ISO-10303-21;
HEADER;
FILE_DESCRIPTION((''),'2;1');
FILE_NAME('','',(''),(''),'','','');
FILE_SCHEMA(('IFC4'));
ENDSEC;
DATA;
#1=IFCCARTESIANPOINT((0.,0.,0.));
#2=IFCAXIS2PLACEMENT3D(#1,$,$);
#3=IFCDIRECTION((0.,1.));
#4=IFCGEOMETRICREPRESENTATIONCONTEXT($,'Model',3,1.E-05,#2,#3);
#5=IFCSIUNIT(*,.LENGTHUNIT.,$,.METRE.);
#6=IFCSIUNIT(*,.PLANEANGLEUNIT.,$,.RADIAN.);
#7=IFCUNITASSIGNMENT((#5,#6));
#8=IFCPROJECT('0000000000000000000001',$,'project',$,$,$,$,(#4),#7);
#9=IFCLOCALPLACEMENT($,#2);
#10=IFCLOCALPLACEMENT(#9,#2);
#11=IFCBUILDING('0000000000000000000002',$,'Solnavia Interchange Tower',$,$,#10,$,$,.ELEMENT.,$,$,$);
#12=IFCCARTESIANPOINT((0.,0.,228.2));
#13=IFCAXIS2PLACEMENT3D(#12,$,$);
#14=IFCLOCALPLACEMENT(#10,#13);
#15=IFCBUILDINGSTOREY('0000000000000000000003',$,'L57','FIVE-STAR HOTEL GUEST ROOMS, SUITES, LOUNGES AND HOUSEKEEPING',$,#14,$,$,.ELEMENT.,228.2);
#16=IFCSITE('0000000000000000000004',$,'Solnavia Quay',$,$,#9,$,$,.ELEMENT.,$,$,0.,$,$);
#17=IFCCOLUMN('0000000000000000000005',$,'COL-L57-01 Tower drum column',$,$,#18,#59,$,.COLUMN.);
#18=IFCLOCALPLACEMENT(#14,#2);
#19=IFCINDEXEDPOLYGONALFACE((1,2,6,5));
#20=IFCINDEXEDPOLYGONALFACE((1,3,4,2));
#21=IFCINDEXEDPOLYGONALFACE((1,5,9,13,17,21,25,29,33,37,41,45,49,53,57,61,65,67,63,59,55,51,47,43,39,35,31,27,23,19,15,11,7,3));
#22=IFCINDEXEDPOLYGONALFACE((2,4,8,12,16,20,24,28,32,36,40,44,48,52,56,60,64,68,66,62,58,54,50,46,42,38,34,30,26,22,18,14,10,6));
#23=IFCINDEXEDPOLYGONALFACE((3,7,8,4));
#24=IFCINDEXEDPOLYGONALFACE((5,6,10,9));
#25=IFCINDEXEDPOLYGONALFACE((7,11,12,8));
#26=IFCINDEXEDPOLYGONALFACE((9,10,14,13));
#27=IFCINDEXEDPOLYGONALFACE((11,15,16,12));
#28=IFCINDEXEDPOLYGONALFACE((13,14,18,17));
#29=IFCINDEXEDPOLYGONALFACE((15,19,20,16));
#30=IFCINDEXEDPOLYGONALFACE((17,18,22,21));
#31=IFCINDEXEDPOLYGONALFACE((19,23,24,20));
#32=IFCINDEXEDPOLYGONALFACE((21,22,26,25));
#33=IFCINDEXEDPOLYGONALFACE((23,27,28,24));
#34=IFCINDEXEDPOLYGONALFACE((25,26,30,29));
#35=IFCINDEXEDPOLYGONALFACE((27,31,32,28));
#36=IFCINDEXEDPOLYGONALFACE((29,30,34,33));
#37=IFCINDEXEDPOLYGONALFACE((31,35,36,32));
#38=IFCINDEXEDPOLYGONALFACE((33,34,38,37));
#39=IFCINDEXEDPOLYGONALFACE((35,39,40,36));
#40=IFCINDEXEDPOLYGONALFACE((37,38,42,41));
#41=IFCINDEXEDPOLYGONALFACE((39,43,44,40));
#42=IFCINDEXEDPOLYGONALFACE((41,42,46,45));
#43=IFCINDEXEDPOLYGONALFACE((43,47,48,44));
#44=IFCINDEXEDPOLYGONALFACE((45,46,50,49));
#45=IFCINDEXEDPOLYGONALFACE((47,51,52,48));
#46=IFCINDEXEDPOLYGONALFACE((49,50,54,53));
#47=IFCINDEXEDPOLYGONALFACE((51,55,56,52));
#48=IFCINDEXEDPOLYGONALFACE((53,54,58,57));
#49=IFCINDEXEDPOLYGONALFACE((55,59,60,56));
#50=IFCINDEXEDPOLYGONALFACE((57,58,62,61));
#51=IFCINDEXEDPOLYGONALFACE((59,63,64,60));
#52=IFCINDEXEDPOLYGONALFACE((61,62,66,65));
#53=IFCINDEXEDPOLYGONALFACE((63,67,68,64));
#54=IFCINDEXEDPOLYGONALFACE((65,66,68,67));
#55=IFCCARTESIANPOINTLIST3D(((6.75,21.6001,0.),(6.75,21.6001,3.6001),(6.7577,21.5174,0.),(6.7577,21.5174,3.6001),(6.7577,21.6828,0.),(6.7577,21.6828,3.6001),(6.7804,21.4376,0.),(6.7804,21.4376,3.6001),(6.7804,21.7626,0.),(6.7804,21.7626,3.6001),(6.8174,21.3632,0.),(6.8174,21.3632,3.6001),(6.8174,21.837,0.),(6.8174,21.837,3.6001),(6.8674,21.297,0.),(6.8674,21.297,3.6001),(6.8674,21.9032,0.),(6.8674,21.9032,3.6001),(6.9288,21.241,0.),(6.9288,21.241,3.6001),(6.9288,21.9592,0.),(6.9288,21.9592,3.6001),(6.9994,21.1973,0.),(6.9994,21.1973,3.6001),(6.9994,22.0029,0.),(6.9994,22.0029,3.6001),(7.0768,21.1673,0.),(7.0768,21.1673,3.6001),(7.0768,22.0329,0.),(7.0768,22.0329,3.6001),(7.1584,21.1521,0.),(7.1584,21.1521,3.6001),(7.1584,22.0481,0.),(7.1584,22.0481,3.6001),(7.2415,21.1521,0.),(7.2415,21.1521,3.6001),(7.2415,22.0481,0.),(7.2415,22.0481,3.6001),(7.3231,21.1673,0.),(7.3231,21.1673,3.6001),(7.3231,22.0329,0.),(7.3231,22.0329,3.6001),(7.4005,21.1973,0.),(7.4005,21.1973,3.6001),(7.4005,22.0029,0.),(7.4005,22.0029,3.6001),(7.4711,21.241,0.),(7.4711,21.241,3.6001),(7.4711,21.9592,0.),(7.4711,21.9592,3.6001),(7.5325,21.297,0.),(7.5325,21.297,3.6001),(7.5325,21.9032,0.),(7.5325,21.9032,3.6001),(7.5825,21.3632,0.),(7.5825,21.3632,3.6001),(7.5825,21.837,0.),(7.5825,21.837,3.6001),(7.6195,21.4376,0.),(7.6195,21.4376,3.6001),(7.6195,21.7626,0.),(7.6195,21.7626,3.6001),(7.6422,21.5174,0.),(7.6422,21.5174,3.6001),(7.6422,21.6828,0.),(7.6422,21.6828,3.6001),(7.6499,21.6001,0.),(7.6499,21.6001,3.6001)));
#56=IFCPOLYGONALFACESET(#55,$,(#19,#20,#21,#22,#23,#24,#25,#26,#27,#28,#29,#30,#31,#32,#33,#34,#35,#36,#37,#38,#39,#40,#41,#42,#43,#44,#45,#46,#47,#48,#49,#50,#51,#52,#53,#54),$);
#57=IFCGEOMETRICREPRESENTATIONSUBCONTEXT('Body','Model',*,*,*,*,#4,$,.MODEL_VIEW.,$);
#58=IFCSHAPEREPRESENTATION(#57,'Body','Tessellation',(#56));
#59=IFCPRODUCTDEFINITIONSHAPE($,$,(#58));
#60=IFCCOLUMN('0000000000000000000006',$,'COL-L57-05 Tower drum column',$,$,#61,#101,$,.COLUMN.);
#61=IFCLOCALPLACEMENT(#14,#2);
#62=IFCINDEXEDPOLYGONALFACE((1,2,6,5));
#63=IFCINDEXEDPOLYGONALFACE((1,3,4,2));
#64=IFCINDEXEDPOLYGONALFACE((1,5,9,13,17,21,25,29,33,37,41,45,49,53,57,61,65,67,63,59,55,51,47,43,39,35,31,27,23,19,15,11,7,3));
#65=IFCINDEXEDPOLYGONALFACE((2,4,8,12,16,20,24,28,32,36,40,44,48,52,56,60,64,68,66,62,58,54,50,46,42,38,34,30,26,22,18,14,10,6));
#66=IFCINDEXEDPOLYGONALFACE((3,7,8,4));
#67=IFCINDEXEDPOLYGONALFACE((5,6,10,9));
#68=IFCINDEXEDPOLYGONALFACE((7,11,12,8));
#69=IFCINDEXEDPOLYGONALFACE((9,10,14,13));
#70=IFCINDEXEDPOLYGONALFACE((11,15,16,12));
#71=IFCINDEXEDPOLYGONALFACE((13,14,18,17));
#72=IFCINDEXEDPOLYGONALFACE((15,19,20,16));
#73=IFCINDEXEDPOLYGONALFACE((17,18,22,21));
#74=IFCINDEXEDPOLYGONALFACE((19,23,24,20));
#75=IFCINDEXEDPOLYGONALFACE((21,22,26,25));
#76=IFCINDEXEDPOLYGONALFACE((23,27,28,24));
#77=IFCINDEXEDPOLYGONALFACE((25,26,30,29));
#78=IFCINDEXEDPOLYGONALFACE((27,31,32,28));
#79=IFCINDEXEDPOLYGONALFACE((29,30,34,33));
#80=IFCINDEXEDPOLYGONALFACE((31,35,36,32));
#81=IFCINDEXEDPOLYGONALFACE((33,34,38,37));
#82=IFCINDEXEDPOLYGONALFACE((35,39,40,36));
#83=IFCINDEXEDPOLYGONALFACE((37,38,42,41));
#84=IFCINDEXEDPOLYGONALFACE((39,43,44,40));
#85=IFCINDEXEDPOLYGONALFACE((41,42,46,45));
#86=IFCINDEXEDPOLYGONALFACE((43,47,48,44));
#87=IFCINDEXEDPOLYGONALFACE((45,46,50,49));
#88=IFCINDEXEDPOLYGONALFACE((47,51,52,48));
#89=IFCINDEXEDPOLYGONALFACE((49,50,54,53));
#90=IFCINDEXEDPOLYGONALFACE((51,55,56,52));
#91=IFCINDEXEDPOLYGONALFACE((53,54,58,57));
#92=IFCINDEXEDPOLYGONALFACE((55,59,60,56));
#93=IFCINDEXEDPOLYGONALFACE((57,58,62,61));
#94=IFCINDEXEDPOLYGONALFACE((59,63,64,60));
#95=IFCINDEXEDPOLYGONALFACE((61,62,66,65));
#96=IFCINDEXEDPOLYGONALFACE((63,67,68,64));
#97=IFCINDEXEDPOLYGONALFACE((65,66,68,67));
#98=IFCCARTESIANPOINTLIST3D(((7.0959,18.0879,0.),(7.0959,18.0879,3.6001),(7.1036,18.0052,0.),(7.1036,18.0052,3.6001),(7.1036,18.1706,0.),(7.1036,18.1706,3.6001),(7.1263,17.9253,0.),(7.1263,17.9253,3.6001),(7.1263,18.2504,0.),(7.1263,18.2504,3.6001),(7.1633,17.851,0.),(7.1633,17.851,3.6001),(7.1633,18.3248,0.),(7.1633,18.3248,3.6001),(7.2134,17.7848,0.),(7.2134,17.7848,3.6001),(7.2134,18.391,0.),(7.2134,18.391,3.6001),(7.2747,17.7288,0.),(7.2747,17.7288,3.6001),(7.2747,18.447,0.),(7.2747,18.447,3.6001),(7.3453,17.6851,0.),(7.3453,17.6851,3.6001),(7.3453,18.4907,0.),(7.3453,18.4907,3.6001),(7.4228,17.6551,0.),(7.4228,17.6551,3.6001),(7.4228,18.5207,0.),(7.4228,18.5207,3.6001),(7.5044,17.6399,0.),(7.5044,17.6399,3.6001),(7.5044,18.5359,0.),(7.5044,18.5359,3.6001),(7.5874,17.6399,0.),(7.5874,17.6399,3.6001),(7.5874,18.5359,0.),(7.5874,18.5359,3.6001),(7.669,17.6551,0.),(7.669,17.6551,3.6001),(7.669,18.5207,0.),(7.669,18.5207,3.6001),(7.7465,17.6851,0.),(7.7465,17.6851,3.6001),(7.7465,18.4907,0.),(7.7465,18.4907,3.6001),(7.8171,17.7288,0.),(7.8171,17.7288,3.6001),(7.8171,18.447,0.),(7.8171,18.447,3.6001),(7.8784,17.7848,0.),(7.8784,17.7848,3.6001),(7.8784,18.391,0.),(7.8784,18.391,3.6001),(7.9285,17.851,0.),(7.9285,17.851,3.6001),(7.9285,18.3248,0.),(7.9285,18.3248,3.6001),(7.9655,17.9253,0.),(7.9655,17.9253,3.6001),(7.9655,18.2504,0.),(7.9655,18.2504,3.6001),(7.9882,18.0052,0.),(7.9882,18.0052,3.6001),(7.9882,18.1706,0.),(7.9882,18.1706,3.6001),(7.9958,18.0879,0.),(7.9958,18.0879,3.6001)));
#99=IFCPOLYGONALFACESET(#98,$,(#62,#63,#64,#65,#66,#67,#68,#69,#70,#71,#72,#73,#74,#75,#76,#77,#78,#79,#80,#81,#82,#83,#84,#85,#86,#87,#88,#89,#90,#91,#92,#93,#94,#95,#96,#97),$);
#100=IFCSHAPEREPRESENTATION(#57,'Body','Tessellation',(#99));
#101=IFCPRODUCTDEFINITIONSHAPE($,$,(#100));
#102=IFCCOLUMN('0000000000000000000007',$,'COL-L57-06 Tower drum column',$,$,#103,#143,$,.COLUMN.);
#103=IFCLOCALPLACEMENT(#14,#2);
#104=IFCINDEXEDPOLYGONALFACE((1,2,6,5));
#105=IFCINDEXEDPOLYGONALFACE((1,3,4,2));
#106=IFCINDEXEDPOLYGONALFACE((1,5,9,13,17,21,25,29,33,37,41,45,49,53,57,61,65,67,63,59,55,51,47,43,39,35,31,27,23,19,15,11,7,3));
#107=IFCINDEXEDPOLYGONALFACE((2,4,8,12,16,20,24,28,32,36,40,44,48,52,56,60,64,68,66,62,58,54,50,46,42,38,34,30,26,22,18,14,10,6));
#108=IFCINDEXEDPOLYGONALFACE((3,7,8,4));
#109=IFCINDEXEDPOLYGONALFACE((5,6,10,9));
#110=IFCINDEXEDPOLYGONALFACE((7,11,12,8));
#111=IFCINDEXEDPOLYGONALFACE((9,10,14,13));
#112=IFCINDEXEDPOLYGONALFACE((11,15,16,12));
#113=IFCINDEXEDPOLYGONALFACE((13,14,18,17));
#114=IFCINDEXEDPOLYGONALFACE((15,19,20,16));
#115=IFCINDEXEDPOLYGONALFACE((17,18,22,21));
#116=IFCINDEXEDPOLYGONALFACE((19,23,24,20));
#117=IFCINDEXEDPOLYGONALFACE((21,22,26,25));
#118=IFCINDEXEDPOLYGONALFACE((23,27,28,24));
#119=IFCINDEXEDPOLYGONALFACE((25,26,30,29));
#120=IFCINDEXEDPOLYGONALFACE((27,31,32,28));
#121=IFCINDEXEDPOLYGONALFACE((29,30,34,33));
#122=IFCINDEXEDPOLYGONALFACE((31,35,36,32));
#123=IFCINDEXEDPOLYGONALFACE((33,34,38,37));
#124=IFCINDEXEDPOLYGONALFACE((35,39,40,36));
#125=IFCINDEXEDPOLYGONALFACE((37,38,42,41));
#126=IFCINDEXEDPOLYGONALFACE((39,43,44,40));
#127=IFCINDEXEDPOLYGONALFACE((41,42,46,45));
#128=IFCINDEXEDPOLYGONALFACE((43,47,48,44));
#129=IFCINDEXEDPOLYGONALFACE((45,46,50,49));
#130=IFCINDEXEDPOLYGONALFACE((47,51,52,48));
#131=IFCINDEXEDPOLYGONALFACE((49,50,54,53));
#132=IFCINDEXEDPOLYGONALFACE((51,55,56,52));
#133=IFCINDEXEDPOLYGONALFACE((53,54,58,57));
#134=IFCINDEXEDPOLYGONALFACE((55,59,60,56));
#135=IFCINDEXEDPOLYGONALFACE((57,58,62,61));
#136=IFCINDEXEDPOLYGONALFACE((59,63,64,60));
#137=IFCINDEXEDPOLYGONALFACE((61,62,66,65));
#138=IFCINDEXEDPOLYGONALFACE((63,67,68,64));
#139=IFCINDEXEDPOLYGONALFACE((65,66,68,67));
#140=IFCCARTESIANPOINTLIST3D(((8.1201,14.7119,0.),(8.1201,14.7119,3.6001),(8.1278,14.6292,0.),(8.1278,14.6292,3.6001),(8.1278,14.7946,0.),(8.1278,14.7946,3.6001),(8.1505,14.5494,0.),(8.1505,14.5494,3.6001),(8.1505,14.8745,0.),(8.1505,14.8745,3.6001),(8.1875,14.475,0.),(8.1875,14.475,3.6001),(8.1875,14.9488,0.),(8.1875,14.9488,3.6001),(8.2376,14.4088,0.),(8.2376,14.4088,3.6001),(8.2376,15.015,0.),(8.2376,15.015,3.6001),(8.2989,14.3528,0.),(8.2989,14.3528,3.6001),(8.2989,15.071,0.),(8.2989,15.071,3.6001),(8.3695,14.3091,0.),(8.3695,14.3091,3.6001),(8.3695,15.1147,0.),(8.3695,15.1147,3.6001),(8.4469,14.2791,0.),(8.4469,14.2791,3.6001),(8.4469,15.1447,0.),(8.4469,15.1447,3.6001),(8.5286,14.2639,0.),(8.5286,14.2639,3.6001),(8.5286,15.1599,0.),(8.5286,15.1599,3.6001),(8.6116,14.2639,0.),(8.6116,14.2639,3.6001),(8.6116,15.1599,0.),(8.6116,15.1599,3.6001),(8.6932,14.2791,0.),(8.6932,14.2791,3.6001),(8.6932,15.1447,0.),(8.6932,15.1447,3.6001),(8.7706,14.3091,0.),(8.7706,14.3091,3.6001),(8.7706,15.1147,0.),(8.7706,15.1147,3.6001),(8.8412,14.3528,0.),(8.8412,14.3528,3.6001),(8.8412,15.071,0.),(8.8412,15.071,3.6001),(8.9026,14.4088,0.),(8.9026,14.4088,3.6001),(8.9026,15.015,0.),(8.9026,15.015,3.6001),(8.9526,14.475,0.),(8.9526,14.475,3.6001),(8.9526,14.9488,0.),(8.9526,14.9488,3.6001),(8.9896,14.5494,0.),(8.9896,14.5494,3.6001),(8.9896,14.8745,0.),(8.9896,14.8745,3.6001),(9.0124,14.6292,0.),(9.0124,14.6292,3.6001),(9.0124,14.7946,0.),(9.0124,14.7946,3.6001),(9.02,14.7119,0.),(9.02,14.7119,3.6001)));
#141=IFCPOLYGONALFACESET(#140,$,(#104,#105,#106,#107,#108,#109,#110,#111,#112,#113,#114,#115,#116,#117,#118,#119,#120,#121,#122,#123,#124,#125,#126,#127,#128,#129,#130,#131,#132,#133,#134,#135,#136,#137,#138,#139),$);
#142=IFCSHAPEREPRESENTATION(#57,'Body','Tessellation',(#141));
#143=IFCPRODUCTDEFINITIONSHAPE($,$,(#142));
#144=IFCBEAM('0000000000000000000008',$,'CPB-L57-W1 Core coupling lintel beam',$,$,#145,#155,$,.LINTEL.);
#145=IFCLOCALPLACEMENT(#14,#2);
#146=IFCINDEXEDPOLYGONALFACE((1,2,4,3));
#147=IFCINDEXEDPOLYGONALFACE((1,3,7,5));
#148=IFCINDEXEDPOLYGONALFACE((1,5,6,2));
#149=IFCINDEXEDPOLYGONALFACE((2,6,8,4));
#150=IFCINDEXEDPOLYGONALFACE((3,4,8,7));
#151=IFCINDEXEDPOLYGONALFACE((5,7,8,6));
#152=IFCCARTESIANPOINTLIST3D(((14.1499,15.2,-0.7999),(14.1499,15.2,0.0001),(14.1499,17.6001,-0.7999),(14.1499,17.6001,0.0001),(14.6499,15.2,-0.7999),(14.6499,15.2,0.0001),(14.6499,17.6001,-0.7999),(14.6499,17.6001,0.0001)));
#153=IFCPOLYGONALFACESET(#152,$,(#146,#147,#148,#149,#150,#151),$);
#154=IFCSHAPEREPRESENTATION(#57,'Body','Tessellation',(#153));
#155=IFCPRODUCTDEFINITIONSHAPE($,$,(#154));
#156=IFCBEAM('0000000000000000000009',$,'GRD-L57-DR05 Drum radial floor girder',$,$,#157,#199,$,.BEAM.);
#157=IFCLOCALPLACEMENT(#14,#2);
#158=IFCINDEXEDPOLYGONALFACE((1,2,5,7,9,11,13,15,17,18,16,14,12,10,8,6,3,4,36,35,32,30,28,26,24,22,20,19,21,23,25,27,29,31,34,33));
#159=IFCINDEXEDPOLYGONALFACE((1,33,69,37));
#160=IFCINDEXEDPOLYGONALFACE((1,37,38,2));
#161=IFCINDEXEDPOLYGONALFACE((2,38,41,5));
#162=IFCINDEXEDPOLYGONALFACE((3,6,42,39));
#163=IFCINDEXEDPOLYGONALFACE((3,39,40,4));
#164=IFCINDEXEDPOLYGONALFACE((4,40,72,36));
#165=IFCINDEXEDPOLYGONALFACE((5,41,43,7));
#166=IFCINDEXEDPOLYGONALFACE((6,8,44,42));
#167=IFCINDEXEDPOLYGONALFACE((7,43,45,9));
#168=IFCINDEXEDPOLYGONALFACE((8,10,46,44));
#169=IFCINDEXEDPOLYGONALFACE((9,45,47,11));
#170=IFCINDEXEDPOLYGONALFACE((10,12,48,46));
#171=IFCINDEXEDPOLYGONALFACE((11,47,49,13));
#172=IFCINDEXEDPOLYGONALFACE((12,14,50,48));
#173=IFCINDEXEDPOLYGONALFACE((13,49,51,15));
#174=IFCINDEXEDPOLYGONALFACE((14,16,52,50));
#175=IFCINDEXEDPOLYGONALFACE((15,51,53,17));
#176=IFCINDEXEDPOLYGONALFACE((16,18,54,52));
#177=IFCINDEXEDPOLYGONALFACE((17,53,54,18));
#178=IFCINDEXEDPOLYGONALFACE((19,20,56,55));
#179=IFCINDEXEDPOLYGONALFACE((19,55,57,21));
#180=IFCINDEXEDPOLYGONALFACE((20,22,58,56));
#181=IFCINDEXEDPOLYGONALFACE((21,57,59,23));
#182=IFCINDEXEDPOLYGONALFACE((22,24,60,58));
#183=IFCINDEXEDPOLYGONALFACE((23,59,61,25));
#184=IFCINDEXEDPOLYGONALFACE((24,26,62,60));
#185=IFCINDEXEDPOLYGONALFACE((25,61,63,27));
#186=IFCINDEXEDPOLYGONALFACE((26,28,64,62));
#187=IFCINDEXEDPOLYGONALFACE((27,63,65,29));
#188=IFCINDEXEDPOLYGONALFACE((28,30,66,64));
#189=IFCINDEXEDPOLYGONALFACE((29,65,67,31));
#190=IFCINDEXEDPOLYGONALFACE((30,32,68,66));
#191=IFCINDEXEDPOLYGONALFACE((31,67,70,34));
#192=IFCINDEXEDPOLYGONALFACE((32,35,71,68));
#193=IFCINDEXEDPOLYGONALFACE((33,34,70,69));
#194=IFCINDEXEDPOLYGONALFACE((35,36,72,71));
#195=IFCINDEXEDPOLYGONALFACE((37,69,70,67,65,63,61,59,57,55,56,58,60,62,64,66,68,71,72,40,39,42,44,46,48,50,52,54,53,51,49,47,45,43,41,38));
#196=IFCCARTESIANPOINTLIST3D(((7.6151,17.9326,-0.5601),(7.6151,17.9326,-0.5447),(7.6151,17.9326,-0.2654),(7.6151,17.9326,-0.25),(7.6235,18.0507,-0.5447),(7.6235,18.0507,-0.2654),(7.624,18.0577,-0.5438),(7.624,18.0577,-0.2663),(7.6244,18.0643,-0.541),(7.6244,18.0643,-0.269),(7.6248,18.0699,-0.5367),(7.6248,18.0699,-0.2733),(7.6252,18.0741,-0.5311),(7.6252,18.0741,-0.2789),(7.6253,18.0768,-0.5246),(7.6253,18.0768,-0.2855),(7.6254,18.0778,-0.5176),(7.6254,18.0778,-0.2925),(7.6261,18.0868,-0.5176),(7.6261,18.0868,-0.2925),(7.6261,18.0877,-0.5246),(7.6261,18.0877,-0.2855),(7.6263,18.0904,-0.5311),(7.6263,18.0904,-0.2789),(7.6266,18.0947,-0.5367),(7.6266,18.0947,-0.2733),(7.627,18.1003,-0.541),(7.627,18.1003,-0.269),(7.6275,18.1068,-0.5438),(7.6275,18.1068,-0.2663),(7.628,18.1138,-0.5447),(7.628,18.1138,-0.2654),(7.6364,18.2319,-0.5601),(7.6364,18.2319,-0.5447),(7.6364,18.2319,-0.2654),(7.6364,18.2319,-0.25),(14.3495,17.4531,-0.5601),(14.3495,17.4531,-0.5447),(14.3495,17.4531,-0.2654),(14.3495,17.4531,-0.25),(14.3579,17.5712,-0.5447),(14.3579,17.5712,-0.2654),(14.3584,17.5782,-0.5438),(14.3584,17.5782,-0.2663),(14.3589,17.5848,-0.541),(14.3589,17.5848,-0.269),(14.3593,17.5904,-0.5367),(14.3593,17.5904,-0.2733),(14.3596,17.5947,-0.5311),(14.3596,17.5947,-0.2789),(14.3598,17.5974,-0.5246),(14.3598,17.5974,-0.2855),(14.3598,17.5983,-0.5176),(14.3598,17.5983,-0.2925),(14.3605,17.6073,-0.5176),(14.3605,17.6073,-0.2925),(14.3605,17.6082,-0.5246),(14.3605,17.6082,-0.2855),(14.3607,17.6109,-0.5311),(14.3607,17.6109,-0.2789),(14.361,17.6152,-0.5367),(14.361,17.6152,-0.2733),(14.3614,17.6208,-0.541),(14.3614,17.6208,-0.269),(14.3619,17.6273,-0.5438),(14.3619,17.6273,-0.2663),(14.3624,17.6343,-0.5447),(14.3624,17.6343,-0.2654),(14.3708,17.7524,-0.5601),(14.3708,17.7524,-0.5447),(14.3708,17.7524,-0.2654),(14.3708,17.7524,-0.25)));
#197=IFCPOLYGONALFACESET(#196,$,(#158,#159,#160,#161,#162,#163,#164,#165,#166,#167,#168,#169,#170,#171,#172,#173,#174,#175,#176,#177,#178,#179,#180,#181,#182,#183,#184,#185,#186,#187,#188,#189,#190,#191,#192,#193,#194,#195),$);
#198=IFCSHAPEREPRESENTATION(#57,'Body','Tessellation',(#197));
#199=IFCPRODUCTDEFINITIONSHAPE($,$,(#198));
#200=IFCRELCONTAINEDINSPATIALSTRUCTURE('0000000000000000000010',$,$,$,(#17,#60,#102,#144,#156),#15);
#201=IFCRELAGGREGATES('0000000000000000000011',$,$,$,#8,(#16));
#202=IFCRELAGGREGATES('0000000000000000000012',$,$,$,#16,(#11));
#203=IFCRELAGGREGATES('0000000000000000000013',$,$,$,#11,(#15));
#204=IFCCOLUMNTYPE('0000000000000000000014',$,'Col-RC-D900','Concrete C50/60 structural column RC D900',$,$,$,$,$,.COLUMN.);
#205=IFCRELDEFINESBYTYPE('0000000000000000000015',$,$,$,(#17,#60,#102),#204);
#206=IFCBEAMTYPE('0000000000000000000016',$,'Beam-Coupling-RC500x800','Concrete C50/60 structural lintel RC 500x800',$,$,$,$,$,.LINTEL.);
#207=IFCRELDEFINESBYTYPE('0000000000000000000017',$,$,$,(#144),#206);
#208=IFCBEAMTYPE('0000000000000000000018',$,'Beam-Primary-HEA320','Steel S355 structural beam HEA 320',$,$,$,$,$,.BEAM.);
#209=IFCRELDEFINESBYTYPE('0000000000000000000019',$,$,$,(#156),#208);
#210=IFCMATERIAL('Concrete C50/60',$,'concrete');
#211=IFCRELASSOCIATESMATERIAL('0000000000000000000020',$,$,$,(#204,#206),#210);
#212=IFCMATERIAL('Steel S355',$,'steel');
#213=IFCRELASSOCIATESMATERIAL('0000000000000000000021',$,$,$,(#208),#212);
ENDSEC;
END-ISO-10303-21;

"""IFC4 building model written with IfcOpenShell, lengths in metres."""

from ifc_helpers import new_model, si_unit, direction, frame, origin, origin_2d, place, context, subcontext, project, spatial, rectangle, circle, i_section, extrude, material, material_profile, profile_set, type_object, element, save


model = new_model("IFC4")

# Units and contexts
model_context = context("Model", 3, precision=1e-05, world=origin(), true_north=direction((0.0, 1.0)))
body_context = subcontext(model_context, "Body", "Model", "MODEL_VIEW")
ifc_project = project(units=[si_unit("LENGTHUNIT", "METRE"), si_unit("PLANEANGLEUNIT", "RADIAN")], contexts=[model_context])

# Site, building, storey
site_placement = place(None, origin())
site = spatial("IfcSite", under=ifc_project, at=site_placement, Name="Solnavia Quay", CompositionType="ELEMENT", RefElevation=0.0)
building_placement = place(site_placement, origin())
building = spatial("IfcBuilding", under=site, at=building_placement, Name="Solnavia Interchange Tower", CompositionType="ELEMENT")
storey_placement = place(building_placement, frame((0.0, 0.0, 228.2)))
storey = spatial("IfcBuildingStorey", under=building, at=storey_placement, Name="L57", Description="FIVE-STAR HOTEL GUEST ROOMS, SUITES, LOUNGES AND HOUSEKEEPING", CompositionType="ELEMENT", Elevation=228.2)

# Columns
ifc_material_1 = material(Name="Concrete C50/60", Category="concrete")
ifc_material_profile_1 = material_profile(ifc_material_1, circle(Radius=0.45, at=origin_2d()), Name="RC D900")
ifc_profile_set_1 = profile_set([ifc_material_profile_1], Name="Concrete C50/60")
column_type = type_object("IfcColumnType", Name="Col-RC-D900", Description="Concrete C50/60 structural column RC D900", PredefinedType="COLUMN", material=ifc_profile_set_1)
for number, where, z_axis, x_axis, name in (
    (1, (7.2, 21.6001, 0.0), (0.0, 0.0, 1.0), (1.0, 0.0, 0.0), "COL-L57-01 Tower drum column"),
    (2, (7.5459, 18.0879, 0.0), (0.0, 0.0, 1.0), (1.0, 0.0, 0.0), "COL-L57-05 Tower drum column"),
    (3, (8.5701, 14.7119, 0.0), (0.0, 0.0, 1.0), (1.0, 0.0, 0.0), "COL-L57-06 Tower drum column"),
):
    element("IfcColumn", number, at=place(storey_placement, frame(where, z_axis=z_axis, x_axis=x_axis)), inside=storey, type_object=column_type, Name=name, PredefinedType="COLUMN", context=body_context, shape_type="SweptSolid", body=[
        extrude(circle(Radius=0.45, at=origin_2d()), origin(), (0.0, 0.0, 1.0), 3.6001),
    ])

# Beams
ifc_material_profile_2 = material_profile(ifc_material_1, rectangle(XDim=0.5, YDim=0.8, at=origin_2d()), Name="RC 500x800")
ifc_profile_set_2 = profile_set([ifc_material_profile_2], Name="Concrete C50/60")
beam_type_1 = type_object("IfcBeamType", Name="Beam-Coupling-RC500x800", Description="Concrete C50/60 structural lintel RC 500x800", PredefinedType="LINTEL", material=ifc_profile_set_2)
beam_1_placement = place(storey_placement, frame((14.3999, 15.2, -0.3999), z_axis=(0.0, 1.0, 0.0), x_axis=(-1.0, 0.0, 0.0)))
element("IfcBeam", 4, at=beam_1_placement, inside=storey, type_object=beam_type_1, Name="CPB-L57-W1 Core coupling lintel beam", PredefinedType="LINTEL", context=body_context, shape_type="SweptSolid", body=[
    extrude(rectangle(XDim=0.5, YDim=0.8, at=origin_2d()), origin(), (0.0, 0.0, 1.0), 2.4001),
])
ifc_material_2 = material(Name="Steel S355", Category="steel")
ifc_material_profile_3 = material_profile(ifc_material_2, i_section(OverallWidth=0.3, OverallDepth=0.3101, WebThickness=0.009, FlangeThickness=0.0154, FilletRadius=0.0271, at=origin_2d()), Name="HEA 320")
ifc_profile_set_3 = profile_set([ifc_material_profile_3], Name="Steel S355")
beam_type_2 = type_object("IfcBeamType", Name="Beam-Primary-HEA320", Description="Steel S355 structural beam HEA 320", PredefinedType="BEAM", material=ifc_profile_set_3)
beam_2_placement = place(storey_placement, frame((7.6257, 18.0823, -0.405), z_axis=(0.997475, -0.071021, 0.0), x_axis=(0.071021, 0.997475, 0.0)))
element("IfcBeam", 5, at=beam_2_placement, inside=storey, type_object=beam_type_2, Name="GRD-L57-DR05 Drum radial floor girder", PredefinedType="BEAM", context=body_context, shape_type="SweptSolid", body=[
    extrude(i_section(OverallWidth=0.3, OverallDepth=0.3101, WebThickness=0.009, FlangeThickness=0.0154, FilletRadius=0.0271, at=origin_2d()), origin(), (0.0, 0.0, 1.0), 6.7515),
])

save(model, "model.ifc")
